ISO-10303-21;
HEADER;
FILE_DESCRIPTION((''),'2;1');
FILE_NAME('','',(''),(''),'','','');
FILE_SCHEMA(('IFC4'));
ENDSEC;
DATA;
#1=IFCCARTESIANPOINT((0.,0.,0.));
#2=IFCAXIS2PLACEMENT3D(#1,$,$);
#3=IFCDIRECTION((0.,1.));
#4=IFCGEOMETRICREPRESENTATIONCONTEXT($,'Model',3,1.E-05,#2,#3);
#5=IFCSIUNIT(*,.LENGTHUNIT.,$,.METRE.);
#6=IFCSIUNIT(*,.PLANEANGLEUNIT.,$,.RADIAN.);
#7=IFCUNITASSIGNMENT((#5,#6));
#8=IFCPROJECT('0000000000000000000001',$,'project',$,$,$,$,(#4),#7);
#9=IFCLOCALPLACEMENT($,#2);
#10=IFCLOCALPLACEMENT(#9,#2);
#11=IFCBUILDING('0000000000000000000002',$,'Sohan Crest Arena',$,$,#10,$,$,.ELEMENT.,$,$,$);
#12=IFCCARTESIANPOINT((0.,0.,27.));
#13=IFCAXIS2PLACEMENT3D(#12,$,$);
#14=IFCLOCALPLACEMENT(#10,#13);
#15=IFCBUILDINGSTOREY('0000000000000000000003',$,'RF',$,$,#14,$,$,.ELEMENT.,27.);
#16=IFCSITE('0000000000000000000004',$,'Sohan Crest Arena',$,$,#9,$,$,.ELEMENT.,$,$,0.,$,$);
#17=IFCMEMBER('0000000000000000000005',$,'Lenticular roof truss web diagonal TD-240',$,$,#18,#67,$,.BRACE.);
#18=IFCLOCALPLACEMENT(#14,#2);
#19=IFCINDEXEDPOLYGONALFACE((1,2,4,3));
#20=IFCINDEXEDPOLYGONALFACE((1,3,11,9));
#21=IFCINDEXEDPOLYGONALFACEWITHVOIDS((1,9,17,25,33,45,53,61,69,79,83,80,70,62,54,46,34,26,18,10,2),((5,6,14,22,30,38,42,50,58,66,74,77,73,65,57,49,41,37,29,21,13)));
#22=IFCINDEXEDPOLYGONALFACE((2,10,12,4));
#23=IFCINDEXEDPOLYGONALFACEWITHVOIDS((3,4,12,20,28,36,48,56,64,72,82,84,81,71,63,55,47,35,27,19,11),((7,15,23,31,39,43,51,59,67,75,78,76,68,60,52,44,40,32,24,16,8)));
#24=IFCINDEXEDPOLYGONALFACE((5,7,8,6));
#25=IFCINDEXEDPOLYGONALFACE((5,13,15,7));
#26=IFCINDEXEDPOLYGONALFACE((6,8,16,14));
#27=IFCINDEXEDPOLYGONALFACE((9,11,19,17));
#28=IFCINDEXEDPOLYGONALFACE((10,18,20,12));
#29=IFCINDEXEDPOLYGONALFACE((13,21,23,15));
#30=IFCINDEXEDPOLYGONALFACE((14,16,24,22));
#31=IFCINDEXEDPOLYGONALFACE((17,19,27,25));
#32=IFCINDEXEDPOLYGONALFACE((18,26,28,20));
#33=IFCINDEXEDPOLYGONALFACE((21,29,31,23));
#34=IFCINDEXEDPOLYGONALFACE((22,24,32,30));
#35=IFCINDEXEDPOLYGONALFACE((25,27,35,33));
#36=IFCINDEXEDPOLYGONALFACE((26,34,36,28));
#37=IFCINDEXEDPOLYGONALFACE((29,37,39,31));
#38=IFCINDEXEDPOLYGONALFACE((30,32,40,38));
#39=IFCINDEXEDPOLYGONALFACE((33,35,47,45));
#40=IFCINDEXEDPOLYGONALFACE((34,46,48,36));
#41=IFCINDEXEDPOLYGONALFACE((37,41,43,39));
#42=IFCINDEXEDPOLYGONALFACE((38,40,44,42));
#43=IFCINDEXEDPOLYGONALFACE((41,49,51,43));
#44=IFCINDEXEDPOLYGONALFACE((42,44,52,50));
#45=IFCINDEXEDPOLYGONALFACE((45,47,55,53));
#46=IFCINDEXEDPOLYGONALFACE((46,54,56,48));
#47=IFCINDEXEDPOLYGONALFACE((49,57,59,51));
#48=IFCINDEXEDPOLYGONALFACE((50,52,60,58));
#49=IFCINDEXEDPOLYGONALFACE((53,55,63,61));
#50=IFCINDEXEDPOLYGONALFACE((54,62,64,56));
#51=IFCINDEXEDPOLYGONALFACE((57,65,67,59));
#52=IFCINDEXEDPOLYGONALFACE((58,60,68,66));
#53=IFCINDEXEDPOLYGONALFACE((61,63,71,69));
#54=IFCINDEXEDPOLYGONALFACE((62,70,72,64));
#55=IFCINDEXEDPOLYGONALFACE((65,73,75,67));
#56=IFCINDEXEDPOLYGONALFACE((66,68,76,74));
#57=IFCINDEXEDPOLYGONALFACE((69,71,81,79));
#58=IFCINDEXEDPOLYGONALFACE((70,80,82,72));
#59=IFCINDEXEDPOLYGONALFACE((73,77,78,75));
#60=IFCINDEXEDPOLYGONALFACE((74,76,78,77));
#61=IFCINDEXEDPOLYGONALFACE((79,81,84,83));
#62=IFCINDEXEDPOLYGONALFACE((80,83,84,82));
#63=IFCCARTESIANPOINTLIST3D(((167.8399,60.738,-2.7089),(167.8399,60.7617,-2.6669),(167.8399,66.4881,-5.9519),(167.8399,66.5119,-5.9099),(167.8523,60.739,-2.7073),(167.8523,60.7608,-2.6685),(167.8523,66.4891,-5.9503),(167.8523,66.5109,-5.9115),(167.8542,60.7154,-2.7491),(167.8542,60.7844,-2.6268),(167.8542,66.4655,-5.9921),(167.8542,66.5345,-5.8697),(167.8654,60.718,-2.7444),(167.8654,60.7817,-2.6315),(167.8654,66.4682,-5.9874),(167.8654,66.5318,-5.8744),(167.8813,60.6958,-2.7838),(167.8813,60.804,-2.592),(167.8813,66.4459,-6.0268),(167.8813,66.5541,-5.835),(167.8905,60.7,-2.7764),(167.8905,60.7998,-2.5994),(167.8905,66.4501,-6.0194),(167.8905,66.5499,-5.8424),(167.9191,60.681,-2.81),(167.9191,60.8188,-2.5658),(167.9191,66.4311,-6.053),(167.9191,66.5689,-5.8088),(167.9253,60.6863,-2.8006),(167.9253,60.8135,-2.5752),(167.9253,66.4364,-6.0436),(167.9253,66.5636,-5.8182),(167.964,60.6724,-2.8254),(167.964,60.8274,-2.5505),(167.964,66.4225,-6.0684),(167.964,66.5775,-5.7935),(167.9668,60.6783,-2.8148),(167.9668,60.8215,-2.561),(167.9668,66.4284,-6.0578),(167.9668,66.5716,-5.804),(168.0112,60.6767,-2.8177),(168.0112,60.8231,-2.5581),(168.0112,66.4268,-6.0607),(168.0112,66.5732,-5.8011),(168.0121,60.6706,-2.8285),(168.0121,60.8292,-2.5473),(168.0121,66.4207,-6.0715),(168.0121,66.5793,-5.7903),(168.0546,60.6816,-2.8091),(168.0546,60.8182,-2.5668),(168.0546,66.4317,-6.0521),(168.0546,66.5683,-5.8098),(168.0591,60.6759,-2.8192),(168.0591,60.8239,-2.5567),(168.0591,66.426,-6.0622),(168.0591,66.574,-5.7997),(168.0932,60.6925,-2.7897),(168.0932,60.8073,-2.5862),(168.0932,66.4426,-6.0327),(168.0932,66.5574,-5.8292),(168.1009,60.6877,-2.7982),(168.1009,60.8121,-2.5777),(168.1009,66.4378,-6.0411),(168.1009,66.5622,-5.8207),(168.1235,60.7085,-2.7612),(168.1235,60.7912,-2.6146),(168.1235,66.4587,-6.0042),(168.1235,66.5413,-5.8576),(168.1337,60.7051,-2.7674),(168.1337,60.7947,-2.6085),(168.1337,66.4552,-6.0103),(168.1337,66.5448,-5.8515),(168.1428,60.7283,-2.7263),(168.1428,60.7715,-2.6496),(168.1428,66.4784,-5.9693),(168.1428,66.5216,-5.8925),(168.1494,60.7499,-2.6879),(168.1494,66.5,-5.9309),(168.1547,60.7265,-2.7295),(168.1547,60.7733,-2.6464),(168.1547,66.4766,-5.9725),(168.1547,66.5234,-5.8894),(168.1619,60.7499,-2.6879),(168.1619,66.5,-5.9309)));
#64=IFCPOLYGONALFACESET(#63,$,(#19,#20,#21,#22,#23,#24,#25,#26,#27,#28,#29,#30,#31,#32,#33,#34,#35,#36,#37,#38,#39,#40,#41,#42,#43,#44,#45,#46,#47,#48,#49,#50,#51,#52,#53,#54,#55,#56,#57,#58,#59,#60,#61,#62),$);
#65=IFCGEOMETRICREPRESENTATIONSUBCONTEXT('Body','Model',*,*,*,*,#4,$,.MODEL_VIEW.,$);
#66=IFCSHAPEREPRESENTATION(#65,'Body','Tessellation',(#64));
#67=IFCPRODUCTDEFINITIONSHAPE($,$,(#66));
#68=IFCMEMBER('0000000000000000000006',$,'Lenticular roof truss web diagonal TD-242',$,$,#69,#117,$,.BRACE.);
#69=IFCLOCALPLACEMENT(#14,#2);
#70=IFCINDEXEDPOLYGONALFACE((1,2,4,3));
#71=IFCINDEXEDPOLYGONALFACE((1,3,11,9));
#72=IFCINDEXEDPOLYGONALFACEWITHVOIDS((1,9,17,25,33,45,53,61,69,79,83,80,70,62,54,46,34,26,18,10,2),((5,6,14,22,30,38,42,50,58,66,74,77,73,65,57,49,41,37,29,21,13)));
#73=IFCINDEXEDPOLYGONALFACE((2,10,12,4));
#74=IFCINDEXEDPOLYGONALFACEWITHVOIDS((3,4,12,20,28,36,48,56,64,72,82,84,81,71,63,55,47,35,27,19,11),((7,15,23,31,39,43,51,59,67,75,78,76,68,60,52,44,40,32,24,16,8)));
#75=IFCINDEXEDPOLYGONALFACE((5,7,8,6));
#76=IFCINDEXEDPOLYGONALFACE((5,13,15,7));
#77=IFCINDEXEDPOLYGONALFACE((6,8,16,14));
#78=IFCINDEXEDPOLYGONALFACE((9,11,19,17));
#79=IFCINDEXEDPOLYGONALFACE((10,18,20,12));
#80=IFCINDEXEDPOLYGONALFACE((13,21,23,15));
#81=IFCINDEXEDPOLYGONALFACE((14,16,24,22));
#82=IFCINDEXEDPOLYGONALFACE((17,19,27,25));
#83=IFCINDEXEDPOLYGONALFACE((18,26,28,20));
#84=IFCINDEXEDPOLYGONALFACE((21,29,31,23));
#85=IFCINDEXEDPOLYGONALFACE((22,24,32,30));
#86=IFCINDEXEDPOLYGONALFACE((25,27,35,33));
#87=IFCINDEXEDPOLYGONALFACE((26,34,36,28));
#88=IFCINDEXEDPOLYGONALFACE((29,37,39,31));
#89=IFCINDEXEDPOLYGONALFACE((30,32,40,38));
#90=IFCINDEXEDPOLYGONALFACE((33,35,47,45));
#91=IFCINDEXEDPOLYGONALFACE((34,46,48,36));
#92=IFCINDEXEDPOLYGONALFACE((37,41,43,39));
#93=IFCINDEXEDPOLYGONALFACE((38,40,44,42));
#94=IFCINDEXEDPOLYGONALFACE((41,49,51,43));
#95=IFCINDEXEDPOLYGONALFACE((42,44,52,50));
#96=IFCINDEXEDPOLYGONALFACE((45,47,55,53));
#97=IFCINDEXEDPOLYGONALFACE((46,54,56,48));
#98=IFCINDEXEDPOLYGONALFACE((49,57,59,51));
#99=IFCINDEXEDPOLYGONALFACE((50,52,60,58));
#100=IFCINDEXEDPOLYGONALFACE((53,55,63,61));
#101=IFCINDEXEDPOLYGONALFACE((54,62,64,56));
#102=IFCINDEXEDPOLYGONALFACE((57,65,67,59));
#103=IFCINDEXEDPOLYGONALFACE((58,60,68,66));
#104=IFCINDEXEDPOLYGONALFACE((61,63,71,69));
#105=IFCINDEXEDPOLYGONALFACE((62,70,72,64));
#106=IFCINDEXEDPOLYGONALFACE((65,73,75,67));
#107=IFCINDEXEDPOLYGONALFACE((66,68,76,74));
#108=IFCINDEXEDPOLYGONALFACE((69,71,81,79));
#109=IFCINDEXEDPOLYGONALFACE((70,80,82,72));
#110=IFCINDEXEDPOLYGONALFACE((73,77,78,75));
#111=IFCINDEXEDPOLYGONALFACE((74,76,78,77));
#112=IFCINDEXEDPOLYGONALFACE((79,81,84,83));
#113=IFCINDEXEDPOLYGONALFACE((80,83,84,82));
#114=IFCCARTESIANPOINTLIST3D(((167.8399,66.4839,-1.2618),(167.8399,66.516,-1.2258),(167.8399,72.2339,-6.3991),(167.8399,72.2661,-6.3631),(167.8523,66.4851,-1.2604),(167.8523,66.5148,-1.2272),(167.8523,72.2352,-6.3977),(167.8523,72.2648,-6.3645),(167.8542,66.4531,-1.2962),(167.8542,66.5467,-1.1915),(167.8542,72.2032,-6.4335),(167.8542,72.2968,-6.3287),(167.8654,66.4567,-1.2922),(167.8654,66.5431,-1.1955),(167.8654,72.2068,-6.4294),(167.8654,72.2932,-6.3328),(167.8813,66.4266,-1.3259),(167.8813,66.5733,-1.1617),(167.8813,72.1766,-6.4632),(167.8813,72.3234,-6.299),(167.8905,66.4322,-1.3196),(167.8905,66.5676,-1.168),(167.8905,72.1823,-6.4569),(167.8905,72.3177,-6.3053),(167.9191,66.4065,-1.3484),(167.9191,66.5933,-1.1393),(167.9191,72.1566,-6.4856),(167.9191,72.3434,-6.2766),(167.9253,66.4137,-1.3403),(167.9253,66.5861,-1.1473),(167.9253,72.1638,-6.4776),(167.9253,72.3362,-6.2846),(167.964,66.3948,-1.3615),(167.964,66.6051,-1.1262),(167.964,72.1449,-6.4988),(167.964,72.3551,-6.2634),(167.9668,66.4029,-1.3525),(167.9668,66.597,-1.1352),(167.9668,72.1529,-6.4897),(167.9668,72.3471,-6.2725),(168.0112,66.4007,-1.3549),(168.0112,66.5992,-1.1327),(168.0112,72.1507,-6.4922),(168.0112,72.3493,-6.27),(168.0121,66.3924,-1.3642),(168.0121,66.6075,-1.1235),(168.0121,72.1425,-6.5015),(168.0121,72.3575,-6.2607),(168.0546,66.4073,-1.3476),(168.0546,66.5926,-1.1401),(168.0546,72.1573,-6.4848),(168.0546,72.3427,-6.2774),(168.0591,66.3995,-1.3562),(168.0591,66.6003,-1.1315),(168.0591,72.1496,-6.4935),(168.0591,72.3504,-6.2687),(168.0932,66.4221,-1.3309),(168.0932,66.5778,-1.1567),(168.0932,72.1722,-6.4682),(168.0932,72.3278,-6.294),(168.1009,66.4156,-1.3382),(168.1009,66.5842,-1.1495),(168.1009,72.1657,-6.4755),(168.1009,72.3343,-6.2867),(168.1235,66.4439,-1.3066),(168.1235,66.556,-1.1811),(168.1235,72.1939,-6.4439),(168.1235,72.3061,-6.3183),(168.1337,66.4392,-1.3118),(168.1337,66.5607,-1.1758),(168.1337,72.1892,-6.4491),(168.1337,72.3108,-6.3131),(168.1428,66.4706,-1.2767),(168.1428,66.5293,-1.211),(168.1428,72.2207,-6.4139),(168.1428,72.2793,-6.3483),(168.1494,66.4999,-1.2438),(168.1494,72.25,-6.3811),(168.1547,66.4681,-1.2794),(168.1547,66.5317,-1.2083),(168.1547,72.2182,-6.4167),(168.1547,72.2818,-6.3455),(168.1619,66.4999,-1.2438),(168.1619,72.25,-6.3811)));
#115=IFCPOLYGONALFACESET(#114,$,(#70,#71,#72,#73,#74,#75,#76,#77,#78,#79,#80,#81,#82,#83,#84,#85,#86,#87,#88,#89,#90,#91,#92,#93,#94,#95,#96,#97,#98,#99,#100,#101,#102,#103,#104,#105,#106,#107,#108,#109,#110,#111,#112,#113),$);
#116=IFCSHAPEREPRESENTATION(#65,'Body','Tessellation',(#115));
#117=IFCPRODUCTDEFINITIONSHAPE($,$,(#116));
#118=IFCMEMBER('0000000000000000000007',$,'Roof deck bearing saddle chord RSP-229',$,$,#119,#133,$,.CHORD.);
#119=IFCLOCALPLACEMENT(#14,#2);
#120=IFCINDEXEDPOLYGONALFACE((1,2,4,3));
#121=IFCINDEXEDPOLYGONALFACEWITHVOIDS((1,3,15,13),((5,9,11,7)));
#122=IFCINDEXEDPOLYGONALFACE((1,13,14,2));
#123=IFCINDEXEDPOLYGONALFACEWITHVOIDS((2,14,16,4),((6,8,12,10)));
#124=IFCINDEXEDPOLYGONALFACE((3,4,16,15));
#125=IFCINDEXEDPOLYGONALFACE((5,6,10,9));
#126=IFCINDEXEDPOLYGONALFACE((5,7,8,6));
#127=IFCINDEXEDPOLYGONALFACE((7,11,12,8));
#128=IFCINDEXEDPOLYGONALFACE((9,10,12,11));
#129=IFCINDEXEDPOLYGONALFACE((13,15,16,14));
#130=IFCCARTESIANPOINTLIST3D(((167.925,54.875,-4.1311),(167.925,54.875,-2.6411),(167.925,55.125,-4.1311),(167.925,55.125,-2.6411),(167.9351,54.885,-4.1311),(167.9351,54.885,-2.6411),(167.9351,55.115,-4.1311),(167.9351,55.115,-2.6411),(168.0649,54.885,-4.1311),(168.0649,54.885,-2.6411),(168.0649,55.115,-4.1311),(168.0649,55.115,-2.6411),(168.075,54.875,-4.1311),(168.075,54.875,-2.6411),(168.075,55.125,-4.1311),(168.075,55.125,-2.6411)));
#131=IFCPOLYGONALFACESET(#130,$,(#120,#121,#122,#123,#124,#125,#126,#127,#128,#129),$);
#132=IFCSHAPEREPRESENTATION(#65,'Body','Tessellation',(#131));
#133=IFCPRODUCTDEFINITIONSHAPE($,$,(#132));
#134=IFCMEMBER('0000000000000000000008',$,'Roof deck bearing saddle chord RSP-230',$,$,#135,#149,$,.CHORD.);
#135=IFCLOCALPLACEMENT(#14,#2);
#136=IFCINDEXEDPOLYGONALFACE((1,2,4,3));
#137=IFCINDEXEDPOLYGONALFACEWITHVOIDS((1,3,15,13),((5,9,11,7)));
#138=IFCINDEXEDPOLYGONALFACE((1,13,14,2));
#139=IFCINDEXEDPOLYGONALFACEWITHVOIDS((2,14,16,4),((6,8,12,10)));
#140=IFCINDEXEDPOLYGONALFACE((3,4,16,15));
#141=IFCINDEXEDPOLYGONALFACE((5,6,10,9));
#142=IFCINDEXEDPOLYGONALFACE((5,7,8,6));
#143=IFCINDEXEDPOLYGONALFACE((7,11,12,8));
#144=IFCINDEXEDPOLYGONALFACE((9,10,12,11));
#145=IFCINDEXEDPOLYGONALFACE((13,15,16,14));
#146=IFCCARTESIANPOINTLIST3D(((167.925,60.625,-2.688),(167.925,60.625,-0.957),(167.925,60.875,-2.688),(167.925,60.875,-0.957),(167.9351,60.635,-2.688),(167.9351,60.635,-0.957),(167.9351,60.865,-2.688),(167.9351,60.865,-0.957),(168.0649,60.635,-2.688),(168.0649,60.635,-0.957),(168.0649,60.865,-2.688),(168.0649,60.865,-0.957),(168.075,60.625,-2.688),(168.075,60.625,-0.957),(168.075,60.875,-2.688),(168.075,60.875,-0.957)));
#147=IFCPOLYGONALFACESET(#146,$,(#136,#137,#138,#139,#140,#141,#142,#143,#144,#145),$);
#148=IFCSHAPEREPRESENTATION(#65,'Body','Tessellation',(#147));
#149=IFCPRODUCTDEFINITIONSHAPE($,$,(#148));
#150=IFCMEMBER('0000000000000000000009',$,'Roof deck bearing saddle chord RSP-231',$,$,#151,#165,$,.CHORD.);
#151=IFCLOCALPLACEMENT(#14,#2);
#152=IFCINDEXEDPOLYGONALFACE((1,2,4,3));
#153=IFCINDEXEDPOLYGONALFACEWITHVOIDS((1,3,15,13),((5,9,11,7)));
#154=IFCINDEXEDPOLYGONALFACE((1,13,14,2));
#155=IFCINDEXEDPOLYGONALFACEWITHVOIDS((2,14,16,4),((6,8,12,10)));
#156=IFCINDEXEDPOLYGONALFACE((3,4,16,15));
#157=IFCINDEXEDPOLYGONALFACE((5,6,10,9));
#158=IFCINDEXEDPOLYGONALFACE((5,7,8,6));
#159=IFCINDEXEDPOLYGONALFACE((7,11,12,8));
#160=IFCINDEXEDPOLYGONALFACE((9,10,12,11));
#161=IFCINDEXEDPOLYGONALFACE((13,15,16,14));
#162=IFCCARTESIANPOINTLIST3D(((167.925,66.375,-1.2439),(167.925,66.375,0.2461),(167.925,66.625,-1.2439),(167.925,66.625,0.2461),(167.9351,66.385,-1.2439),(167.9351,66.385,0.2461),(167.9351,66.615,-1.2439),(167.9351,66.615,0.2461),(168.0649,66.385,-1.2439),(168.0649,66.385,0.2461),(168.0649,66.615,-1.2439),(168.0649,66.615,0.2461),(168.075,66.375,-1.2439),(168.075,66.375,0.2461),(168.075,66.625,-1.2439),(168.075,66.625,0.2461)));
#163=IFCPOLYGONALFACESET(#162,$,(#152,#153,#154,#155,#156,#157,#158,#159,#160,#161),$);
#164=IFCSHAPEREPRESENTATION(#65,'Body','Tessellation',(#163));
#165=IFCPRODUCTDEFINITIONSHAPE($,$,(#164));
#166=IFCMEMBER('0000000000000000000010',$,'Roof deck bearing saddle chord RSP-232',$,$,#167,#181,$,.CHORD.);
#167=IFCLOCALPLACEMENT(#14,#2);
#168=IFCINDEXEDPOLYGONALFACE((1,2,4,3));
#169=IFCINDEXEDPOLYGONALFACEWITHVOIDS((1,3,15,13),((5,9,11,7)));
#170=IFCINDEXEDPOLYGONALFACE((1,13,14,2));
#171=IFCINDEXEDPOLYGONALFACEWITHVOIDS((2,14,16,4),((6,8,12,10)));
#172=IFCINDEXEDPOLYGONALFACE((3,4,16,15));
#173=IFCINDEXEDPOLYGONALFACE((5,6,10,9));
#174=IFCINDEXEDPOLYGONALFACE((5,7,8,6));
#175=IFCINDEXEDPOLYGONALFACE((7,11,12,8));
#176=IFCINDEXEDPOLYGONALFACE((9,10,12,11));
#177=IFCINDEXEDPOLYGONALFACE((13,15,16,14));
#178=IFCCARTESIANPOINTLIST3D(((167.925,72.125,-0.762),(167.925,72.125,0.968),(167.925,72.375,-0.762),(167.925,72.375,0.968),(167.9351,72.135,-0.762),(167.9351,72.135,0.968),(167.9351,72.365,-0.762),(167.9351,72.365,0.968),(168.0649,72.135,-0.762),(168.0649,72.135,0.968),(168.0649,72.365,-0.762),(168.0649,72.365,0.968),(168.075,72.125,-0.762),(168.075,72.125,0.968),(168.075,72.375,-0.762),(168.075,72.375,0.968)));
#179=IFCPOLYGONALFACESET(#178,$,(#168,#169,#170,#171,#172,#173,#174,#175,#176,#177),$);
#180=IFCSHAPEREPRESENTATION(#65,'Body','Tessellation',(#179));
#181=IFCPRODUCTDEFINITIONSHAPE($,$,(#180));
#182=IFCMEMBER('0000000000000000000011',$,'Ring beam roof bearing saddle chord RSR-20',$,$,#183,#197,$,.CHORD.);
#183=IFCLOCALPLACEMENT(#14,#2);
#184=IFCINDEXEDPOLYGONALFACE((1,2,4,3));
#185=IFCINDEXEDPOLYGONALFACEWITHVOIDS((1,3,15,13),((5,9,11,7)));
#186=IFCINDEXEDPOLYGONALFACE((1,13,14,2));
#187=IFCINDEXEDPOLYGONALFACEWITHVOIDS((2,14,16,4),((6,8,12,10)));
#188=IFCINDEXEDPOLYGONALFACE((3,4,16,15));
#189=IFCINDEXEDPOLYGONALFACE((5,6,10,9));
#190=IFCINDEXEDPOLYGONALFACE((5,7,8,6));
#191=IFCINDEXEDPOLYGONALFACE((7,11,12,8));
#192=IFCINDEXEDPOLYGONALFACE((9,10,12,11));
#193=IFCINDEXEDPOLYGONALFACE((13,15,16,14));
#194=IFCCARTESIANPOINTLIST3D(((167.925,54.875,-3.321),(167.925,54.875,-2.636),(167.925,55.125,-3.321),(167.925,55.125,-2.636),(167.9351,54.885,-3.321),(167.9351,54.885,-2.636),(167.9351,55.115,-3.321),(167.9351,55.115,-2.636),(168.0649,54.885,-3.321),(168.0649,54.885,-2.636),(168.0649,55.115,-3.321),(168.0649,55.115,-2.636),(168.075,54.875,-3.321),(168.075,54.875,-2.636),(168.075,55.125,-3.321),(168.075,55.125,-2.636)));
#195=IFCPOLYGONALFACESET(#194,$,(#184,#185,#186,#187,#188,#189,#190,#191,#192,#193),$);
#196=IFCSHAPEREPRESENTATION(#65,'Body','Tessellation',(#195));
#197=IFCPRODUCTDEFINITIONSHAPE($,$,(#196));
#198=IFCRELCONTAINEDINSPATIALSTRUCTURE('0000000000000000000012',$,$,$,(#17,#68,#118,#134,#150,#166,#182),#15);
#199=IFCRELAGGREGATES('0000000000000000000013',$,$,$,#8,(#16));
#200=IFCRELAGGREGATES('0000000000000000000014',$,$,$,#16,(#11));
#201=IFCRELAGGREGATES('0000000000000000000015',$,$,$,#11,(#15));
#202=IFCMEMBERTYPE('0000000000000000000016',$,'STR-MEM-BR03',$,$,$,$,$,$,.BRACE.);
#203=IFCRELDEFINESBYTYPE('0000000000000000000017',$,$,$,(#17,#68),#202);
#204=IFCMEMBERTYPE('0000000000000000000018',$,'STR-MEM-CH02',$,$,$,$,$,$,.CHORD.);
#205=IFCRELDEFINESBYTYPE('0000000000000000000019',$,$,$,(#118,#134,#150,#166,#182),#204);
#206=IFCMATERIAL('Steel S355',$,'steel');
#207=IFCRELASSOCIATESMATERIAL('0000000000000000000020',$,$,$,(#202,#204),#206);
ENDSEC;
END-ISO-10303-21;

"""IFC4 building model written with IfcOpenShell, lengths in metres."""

from ifc_helpers import new_model, si_unit, direction, frame, origin, origin_2d, place, context, subcontext, project, spatial, hollow_rectangle, hollow_circle, extrude, material, material_profile, profile_set, type_object, element, save


model = new_model("IFC4")

# Units and contexts
model_context = context("Model", 3, precision=1e-05, world=origin(), true_north=direction((0.0, 1.0)))
body_context = subcontext(model_context, "Body", "Model", "MODEL_VIEW")
ifc_project = project(units=[si_unit("LENGTHUNIT", "METRE"), si_unit("PLANEANGLEUNIT", "RADIAN")], contexts=[model_context])

# Site, building, storey
site_placement = place(None, origin())
site = spatial("IfcSite", under=ifc_project, at=site_placement, Name="Sohan Crest Arena", CompositionType="ELEMENT", RefElevation=0.0)
building_placement = place(site_placement, origin())
building = spatial("IfcBuilding", under=site, at=building_placement, Name="Sohan Crest Arena", CompositionType="ELEMENT")
storey_placement = place(building_placement, frame((0.0, 0.0, 27.0)))
storey = spatial("IfcBuildingStorey", under=building, at=storey_placement, Name="RF", CompositionType="ELEMENT", Elevation=27.0)

# Shared definitions
ifc_material_1 = material(Name="Steel S355", Category="steel")

# Members
ifc_material_profile_1 = material_profile(ifc_material_1, hollow_circle(Radius=0.1619, WallThickness=0.0125, at=origin_2d()), Name="CHS 323.9x12.5")
ifc_profile_set_1 = profile_set([ifc_material_profile_1], Name="Steel S355")
member_type_1 = type_object("IfcMemberType", Name="STR-MEM-BR03", PredefinedType="BRACE", material=ifc_profile_set_1)
member_1_placement = place(storey_placement, frame((168.0, 66.5, -5.9309), z_axis=(0.0, -0.871022, 0.491244), x_axis=(1.0, 0.0, 0.0)))
element("IfcMember", 1, at=member_1_placement, inside=storey, type_object=member_type_1, Name="Lenticular roof truss web diagonal TD-240", PredefinedType="BRACE", context=body_context, shape_type="SweptSolid", body=[
    extrude(hollow_circle(Radius=0.1619, WallThickness=0.0125, at=origin_2d()), origin(), (0.0, 0.0, 1.0), 6.6016),
])
member_2_placement = place(storey_placement, frame((168.0, 72.25, -6.3811), z_axis=(0.0, -0.745726, 0.666252), x_axis=(1.0, 0.0, 0.0)))
element("IfcMember", 2, at=member_2_placement, inside=storey, type_object=member_type_1, Name="Lenticular roof truss web diagonal TD-242", PredefinedType="BRACE", context=body_context, shape_type="SweptSolid", body=[
    extrude(hollow_circle(Radius=0.1619, WallThickness=0.0125, at=origin_2d()), origin(), (0.0, 0.0, 1.0), 7.7107),
])
ifc_material_profile_2 = material_profile(ifc_material_1, hollow_rectangle(XDim=0.1499, YDim=0.25, WallThickness=0.01, at=origin_2d()), Name="RHS 250x150x10")
ifc_profile_set_2 = profile_set([ifc_material_profile_2], Name="Steel S355")
member_type_2 = type_object("IfcMemberType", Name="STR-MEM-CH02", PredefinedType="CHORD", material=ifc_profile_set_2)
member_3_placement = place(storey_placement, frame((168.0, 55.0, -4.1311), z_axis=(0.0, 0.0, 1.0), x_axis=(1.0, 0.0, 0.0)))
element("IfcMember", 3, at=member_3_placement, inside=storey, type_object=member_type_2, Name="Roof deck bearing saddle chord RSP-229", PredefinedType="CHORD", context=body_context, shape_type="SweptSolid", body=[
    extrude(hollow_rectangle(XDim=0.1499, YDim=0.25, WallThickness=0.01, at=origin_2d()), origin(), (0.0, 0.0, 1.0), 1.49),
])
member_4_placement = place(storey_placement, frame((168.0, 60.75, -2.688), z_axis=(0.0, 0.0, 1.0), x_axis=(1.0, 0.0, 0.0)))
element("IfcMember", 4, at=member_4_placement, inside=storey, type_object=member_type_2, Name="Roof deck bearing saddle chord RSP-230", PredefinedType="CHORD", context=body_context, shape_type="SweptSolid", body=[
    extrude(hollow_rectangle(XDim=0.1499, YDim=0.25, WallThickness=0.01, at=origin_2d()), origin(), (0.0, 0.0, 1.0), 1.731),
])
member_5_placement = place(storey_placement, frame((168.0, 66.5, -1.2439), z_axis=(0.0, 0.0, 1.0), x_axis=(1.0, 0.0, 0.0)))
element("IfcMember", 5, at=member_5_placement, inside=storey, type_object=member_type_2, Name="Roof deck bearing saddle chord RSP-231", PredefinedType="CHORD", context=body_context, shape_type="SweptSolid", body=[
    extrude(hollow_rectangle(XDim=0.1499, YDim=0.25, WallThickness=0.01, at=origin_2d()), origin(), (0.0, 0.0, 1.0), 1.49),
])
member_6_placement = place(storey_placement, frame((168.0, 72.25, -0.762), z_axis=(0.0, 0.0, 1.0), x_axis=(1.0, 0.0, 0.0)))
element("IfcMember", 6, at=member_6_placement, inside=storey, type_object=member_type_2, Name="Roof deck bearing saddle chord RSP-232", PredefinedType="CHORD", context=body_context, shape_type="SweptSolid", body=[
    extrude(hollow_rectangle(XDim=0.1499, YDim=0.25, WallThickness=0.01, at=origin_2d()), origin(), (0.0, 0.0, 1.0), 1.73),
])
member_7_placement = place(storey_placement, frame((168.0, 55.0, -3.321), z_axis=(0.0, 0.0, 1.0), x_axis=(1.0, 0.0, 0.0)))
element("IfcMember", 7, at=member_7_placement, inside=storey, type_object=member_type_2, Name="Ring beam roof bearing saddle chord RSR-20", PredefinedType="CHORD", context=body_context, shape_type="SweptSolid", body=[
    extrude(hollow_rectangle(XDim=0.1499, YDim=0.25, WallThickness=0.01, at=origin_2d()), origin(), (0.0, 0.0, 1.0), 0.6851),
])

save(model, "model.ifc")
